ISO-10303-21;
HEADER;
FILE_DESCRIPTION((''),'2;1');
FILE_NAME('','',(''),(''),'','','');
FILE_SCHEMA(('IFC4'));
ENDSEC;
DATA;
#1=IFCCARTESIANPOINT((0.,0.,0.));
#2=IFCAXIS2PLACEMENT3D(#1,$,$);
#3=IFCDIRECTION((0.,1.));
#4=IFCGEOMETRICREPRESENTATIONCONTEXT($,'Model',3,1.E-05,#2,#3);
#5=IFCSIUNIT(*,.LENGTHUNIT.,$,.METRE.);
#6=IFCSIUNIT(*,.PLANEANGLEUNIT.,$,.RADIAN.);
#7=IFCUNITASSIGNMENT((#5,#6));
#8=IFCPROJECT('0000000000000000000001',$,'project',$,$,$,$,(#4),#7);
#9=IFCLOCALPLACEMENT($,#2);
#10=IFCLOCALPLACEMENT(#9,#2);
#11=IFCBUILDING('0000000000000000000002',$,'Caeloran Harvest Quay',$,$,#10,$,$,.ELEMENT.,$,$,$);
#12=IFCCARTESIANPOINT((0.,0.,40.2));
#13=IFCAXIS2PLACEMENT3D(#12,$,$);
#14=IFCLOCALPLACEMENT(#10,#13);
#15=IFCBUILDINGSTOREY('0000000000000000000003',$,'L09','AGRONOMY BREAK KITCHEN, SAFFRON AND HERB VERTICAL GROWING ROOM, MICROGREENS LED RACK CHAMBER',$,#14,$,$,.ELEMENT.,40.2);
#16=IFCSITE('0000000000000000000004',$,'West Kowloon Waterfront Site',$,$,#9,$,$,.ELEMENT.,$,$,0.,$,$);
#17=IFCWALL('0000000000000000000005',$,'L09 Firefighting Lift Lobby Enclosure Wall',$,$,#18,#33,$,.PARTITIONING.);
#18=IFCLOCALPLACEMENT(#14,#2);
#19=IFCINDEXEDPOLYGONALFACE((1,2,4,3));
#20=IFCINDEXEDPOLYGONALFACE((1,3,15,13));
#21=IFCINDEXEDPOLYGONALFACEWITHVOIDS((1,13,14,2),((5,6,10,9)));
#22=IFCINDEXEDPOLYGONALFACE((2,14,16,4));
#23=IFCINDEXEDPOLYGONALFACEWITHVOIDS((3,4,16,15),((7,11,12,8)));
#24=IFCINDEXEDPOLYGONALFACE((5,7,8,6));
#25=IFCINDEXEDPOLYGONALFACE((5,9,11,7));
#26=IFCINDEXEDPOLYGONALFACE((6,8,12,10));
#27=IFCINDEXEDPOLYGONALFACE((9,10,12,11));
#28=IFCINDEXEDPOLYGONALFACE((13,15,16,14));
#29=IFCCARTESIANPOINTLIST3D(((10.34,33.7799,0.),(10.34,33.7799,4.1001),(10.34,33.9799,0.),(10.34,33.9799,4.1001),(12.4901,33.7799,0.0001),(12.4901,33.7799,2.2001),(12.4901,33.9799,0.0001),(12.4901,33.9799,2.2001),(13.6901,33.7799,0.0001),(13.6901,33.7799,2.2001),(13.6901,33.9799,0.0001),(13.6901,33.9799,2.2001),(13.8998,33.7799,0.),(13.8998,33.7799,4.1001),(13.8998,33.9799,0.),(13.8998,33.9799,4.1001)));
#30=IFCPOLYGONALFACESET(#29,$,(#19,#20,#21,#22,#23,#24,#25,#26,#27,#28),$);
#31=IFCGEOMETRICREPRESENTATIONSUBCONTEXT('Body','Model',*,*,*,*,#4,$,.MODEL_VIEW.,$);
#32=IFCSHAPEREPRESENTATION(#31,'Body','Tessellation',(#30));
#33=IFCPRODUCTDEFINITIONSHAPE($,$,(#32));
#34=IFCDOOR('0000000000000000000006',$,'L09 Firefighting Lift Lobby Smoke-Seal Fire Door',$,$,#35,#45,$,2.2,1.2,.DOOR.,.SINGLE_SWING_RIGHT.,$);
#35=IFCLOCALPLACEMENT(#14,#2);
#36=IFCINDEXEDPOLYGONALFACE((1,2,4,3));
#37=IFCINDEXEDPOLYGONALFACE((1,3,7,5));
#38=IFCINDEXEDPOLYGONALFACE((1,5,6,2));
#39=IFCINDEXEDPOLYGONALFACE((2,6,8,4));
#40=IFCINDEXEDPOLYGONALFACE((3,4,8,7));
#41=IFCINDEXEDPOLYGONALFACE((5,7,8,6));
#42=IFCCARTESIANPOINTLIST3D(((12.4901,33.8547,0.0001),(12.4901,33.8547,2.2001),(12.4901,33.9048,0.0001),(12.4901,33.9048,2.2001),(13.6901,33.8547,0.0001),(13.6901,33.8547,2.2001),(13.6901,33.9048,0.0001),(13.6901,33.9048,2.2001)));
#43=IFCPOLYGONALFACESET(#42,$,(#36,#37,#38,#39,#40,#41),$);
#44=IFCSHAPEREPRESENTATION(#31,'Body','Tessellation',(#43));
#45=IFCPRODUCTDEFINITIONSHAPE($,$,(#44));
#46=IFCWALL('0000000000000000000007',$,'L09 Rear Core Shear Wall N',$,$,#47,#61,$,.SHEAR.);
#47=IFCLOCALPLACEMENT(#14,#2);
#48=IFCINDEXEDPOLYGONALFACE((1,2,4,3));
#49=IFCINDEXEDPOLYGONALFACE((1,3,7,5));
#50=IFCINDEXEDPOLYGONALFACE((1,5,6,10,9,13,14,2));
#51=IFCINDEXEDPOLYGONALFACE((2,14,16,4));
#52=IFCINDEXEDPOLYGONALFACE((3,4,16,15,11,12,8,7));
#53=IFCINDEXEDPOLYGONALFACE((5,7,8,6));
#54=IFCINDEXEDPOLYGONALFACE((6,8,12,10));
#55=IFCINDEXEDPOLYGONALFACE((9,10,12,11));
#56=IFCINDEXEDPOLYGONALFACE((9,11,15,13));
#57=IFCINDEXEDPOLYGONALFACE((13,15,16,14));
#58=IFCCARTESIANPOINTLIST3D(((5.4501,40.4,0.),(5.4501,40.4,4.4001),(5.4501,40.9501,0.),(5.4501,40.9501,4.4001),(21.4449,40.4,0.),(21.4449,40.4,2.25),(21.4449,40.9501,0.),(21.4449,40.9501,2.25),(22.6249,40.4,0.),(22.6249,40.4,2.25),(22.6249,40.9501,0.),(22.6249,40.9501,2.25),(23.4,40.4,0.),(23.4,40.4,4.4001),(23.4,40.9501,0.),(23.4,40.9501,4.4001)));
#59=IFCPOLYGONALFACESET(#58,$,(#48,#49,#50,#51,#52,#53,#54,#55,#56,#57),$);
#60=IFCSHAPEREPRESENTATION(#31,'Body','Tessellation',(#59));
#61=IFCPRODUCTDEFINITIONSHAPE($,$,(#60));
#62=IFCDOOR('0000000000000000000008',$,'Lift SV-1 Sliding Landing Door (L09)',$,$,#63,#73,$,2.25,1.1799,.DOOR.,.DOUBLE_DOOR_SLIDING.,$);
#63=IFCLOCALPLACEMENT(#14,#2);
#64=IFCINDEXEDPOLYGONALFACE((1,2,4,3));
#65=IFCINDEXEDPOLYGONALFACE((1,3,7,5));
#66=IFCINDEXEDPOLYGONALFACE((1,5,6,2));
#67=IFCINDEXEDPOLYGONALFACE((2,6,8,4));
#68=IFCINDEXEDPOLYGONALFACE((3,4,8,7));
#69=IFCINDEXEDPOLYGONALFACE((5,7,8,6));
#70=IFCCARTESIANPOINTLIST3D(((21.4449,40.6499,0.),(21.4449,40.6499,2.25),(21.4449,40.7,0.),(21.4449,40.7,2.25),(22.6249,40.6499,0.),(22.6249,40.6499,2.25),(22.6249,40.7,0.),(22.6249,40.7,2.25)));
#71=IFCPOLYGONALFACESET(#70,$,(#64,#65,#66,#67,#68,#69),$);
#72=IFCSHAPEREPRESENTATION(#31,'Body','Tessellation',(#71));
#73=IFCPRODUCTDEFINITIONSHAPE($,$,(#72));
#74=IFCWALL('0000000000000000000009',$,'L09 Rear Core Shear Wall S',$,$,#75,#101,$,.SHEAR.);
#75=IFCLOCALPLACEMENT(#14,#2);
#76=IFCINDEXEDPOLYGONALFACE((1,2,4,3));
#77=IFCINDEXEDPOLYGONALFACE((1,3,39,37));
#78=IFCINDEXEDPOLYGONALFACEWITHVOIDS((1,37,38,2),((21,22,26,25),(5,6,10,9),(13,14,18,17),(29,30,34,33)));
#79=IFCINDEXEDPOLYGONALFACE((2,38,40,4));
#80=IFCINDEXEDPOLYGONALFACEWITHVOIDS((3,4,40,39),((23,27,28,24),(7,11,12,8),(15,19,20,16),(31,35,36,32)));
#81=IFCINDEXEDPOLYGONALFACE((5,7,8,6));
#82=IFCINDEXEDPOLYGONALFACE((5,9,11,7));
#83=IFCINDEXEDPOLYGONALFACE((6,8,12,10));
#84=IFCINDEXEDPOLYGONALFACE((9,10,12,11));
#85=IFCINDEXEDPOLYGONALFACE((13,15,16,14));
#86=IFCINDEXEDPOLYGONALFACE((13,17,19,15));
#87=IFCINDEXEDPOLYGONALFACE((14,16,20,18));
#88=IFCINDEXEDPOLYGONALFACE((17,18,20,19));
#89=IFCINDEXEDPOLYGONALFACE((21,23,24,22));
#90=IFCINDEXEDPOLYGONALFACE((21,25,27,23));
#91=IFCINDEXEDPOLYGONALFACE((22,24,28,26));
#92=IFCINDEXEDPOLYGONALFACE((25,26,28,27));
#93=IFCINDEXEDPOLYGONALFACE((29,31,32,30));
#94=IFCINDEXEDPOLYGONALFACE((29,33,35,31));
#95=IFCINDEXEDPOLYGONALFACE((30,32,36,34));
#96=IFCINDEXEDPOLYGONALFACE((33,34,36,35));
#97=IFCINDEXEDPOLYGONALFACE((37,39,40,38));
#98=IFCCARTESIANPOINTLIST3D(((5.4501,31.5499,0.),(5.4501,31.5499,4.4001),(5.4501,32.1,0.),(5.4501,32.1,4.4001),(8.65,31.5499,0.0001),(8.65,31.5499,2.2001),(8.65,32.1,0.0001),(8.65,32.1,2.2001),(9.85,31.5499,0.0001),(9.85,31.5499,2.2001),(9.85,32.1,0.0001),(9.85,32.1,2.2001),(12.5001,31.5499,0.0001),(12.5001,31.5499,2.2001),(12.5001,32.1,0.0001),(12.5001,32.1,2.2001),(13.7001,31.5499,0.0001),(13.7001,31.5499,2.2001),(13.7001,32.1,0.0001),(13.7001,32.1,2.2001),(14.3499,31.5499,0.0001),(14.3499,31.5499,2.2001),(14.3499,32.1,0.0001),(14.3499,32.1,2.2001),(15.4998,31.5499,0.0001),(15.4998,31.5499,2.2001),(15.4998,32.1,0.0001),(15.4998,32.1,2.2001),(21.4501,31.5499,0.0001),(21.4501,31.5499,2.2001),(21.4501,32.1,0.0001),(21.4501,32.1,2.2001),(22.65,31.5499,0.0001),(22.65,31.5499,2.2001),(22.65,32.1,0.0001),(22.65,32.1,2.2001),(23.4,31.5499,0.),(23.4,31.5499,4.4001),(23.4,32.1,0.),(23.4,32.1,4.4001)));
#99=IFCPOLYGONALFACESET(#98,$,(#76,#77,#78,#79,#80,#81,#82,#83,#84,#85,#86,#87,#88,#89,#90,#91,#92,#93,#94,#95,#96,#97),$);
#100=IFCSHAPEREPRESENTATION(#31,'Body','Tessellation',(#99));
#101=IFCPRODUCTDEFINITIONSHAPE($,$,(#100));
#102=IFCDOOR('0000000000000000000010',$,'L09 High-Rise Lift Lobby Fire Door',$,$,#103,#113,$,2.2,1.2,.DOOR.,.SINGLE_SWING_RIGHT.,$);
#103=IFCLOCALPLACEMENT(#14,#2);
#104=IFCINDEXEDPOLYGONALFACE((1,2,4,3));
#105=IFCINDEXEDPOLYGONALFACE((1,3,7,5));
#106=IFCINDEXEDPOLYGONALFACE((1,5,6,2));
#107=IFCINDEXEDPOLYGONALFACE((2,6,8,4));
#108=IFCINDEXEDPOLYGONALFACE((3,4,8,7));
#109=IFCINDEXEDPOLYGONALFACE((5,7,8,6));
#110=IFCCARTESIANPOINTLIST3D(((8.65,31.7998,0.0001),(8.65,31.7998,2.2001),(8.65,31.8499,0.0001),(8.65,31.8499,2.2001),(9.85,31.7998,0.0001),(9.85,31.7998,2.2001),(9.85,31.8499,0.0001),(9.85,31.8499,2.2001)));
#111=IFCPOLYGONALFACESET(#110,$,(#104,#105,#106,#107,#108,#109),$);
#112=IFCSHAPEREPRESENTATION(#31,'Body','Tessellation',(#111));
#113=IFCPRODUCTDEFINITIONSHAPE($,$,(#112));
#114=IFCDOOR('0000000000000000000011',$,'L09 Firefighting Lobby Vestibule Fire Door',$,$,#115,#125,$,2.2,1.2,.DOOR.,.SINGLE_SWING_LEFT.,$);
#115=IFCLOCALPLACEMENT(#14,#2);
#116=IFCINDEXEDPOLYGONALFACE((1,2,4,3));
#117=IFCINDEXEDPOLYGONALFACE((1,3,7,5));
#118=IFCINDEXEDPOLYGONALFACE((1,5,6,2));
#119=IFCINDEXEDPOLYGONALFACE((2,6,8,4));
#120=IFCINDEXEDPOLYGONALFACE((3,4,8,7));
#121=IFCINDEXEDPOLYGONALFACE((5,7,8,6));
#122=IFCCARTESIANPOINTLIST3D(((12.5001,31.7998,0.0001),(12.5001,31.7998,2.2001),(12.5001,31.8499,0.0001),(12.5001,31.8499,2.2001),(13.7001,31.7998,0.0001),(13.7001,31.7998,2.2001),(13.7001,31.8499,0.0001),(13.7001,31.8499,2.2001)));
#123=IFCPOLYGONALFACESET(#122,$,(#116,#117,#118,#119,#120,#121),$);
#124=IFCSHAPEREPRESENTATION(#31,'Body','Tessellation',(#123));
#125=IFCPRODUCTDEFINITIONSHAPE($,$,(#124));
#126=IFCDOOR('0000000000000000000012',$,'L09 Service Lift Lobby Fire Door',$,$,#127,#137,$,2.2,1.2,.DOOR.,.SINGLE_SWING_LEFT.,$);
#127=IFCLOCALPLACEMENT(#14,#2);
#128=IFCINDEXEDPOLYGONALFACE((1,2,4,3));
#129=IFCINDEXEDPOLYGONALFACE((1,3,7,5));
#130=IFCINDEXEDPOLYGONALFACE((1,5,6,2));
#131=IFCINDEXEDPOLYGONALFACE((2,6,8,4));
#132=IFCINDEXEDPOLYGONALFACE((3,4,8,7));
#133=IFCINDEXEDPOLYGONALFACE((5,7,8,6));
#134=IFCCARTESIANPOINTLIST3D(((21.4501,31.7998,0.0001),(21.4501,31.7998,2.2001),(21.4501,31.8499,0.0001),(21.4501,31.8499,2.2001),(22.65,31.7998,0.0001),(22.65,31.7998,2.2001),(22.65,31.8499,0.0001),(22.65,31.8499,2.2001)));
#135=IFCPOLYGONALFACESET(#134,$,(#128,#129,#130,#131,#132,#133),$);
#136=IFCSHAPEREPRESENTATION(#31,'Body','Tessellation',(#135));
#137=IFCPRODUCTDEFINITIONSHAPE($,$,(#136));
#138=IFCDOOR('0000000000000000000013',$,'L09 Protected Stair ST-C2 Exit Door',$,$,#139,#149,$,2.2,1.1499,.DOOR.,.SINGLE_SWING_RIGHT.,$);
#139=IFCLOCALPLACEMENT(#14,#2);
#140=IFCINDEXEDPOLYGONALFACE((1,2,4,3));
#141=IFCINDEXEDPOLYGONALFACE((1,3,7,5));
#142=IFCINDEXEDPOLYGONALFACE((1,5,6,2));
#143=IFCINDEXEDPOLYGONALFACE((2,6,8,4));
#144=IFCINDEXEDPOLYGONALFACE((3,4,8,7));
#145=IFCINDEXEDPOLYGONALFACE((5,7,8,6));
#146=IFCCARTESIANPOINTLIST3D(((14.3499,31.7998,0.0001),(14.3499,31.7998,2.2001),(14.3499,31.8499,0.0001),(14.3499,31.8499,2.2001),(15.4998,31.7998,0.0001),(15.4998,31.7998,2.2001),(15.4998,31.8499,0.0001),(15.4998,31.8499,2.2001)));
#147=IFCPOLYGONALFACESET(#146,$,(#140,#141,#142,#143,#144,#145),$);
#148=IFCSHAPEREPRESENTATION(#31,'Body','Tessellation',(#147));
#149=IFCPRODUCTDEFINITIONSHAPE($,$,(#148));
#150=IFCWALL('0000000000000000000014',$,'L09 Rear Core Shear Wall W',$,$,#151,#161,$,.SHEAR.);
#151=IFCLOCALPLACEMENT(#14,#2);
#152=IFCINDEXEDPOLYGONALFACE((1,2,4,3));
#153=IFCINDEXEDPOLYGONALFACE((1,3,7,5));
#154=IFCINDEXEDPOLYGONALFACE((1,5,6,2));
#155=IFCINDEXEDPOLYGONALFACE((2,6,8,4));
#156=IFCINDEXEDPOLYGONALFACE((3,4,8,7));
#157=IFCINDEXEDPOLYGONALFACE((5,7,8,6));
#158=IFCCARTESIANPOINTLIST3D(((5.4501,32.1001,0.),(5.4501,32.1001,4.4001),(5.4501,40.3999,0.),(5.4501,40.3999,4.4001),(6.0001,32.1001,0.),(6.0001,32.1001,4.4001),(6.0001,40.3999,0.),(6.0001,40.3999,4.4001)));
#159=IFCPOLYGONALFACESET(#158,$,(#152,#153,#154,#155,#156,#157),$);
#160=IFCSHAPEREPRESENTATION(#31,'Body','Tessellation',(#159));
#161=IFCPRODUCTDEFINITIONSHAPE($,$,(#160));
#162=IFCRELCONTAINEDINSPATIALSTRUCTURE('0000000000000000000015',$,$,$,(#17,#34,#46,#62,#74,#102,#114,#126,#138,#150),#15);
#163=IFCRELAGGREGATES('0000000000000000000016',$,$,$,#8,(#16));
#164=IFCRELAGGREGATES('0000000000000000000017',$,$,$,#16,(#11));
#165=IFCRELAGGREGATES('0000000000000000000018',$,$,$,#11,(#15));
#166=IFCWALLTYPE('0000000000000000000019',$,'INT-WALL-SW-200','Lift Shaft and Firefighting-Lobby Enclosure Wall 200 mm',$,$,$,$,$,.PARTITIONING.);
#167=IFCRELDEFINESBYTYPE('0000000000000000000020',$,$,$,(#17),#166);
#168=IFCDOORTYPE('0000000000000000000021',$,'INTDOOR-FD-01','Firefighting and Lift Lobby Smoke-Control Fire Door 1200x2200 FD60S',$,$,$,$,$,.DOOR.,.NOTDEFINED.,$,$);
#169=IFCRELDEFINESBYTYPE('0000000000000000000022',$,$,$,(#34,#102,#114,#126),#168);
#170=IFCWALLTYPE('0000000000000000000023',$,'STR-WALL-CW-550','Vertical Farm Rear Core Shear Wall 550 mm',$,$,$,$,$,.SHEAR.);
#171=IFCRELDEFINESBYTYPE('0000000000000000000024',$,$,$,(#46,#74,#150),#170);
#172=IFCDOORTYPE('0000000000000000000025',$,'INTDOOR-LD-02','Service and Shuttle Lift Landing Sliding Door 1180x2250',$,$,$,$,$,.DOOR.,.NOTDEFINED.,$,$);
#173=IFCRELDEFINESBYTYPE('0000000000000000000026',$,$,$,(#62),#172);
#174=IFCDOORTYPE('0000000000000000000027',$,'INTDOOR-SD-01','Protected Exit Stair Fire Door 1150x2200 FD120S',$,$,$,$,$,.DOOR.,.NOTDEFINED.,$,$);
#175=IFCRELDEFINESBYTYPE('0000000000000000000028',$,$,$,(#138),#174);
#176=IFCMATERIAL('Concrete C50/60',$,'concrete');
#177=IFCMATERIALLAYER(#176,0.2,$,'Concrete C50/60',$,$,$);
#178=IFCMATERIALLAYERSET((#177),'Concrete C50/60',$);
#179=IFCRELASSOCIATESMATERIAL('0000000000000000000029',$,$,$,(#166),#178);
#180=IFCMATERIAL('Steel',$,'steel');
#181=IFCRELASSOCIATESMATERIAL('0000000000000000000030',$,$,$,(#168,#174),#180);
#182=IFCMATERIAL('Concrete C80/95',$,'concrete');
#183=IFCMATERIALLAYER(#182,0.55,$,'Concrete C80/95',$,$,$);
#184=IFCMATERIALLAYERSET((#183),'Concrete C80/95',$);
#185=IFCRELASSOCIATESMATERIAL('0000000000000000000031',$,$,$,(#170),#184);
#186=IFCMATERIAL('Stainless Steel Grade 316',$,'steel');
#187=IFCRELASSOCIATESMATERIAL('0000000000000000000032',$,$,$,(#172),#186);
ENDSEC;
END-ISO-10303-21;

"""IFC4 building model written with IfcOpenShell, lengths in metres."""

from ifc_helpers import new_model, si_unit, direction, frame, frame_2d, origin, place, context, subcontext, project, spatial, rectangle, extrude, material, layer, layer_set, type_object, element, fill, save


model = new_model("IFC4")

# Units and contexts
model_context = context("Model", 3, precision=1e-05, world=origin(), true_north=direction((0.0, 1.0)))
body_context = subcontext(model_context, "Body", "Model", "MODEL_VIEW")
ifc_project = project(units=[si_unit("LENGTHUNIT", "METRE"), si_unit("PLANEANGLEUNIT", "RADIAN")], contexts=[model_context])

# Site, building, storey
site_placement = place(None, origin())
site = spatial("IfcSite", under=ifc_project, at=site_placement, Name="West Kowloon Waterfront Site", CompositionType="ELEMENT", RefElevation=0.0)
building_placement = place(site_placement, origin())
building = spatial("IfcBuilding", under=site, at=building_placement, Name="Caeloran Harvest Quay", CompositionType="ELEMENT")
storey_placement = place(building_placement, frame((0.0, 0.0, 40.2)))
storey = spatial("IfcBuildingStorey", under=building, at=storey_placement, Name="L09", Description="AGRONOMY BREAK KITCHEN, SAFFRON AND HERB VERTICAL GROWING ROOM, MICROGREENS LED RACK CHAMBER", CompositionType="ELEMENT", Elevation=40.2)

# Shared definitions
ifc_material_1 = material(Name="Concrete C80/95", Category="concrete")

# Shared definitions
ifc_material_2 = material(Name="Concrete C50/60", Category="concrete")
ifc_layer_1 = layer(ifc_material_2, 0.2, Name="Concrete C50/60")
ifc_layer_set_1 = layer_set([ifc_layer_1], Name="Concrete C50/60")
wall_type_1 = type_object("IfcWallType", Name="INT-WALL-SW-200", Description="Lift Shaft and Firefighting-Lobby Enclosure Wall 200 mm", PredefinedType="PARTITIONING", material=ifc_layer_set_1)

# Shared definitions
ifc_material_3 = material(Name="Stainless Steel Grade 316", Category="steel")

# Walls, openings, doors
wall_1_placement = place(storey_placement, frame((10.3401, 33.8799, 0.0), z_axis=(0.0, 0.0, 1.0), x_axis=(1.0, 0.0, 0.0)))
wall_1 = element("IfcWall", 1, at=wall_1_placement, inside=storey, type_object=wall_type_1, Name="L09 Firefighting Lift Lobby Enclosure Wall", PredefinedType="PARTITIONING", context=body_context, shape_type="SweptSolid", body=[
    extrude(rectangle(XDim=3.5598, YDim=0.2, at=frame_2d((1.7798, 0.0))), origin(), (0.0, 0.0, 1.0), 4.1001),
])
opening_1_placement = place(wall_1_placement, frame((2.1499, 0.0, 0.0)))
opening_1 = element("IfcOpeningElement", 2, at=opening_1_placement, cuts=wall_1, PredefinedType="OPENING", context=body_context, shape_type="SweptSolid", body=[
    extrude(rectangle(XDim=1.2, YDim=2.2, at=frame_2d((0.6001, 1.1001))), frame((0.0, 0.1099, 0.0), z_axis=(0.0, -1.0, 0.0), x_axis=(1.0, 0.0, 0.0)), (0.0, 0.0, 1.0), 0.22),
])
ifc_material_4 = material(Name="Steel", Category="steel")
door_type_1 = type_object("IfcDoorType", Name="INTDOOR-FD-01", Description="Firefighting and Lift Lobby Smoke-Control Fire Door 1200x2200 FD60S", OperationType="NOTDEFINED", PredefinedType="DOOR", material=ifc_material_4)
door_1_placement = place(opening_1_placement, origin())
door_1 = element("IfcDoor", 3, at=door_1_placement, inside=storey, type_object=door_type_1, Name="L09 Firefighting Lift Lobby Smoke-Seal Fire Door", OperationType="SINGLE_SWING_RIGHT", OverallHeight=2.2, OverallWidth=1.2, PredefinedType="DOOR", context=body_context, shape_type="SweptSolid", body=[
    extrude(rectangle(XDim=1.2, YDim=2.2, at=frame_2d((0.6001, 1.1001))), frame((0.0, 0.0249, 0.0), z_axis=(0.0, -1.0, 0.0), x_axis=(1.0, 0.0, 0.0)), (0.0, 0.0, 1.0), 0.05),
])
fill(opening_1, door_1)
ifc_layer_2 = layer(ifc_material_1, 0.55, Name="Concrete C80/95")
ifc_layer_set_2 = layer_set([ifc_layer_2], Name="Concrete C80/95")
wall_type_2 = type_object("IfcWallType", Name="STR-WALL-CW-550", Description="Vertical Farm Rear Core Shear Wall 550 mm", PredefinedType="SHEAR", material=ifc_layer_set_2)
wall_2_placement = place(storey_placement, frame((5.45, 40.675, 0.0), z_axis=(0.0, 0.0, 1.0), x_axis=(1.0, 0.0, 0.0)))
wall_2 = element("IfcWall", 4, at=wall_2_placement, inside=storey, type_object=wall_type_2, Name="L09 Rear Core Shear Wall N", PredefinedType="SHEAR", context=body_context, shape_type="SweptSolid", body=[
    extrude(rectangle(XDim=17.95, YDim=0.55, at=frame_2d((8.9751, 0.0))), origin(), (0.0, 0.0, 1.0), 4.4001),
])
opening_2_placement = place(wall_2_placement, frame((15.9951, 0.0, 0.0)))
opening_2 = element("IfcOpeningElement", 5, at=opening_2_placement, cuts=wall_2, PredefinedType="OPENING", context=body_context, shape_type="SweptSolid", body=[
    extrude(rectangle(XDim=1.1799, YDim=2.25, at=frame_2d((0.5898, 1.125))), frame((0.0, 0.2852, 0.0), z_axis=(0.0, -1.0, 0.0), x_axis=(1.0, 0.0, 0.0)), (0.0, 0.0, 1.0), 0.5701),
])
door_type_2 = type_object("IfcDoorType", Name="INTDOOR-LD-02", Description="Service and Shuttle Lift Landing Sliding Door 1180x2250", OperationType="NOTDEFINED", PredefinedType="DOOR", material=ifc_material_3)
door_2_placement = place(opening_2_placement, origin())
door_2 = element("IfcDoor", 6, at=door_2_placement, inside=storey, type_object=door_type_2, Name="Lift SV-1 Sliding Landing Door (L09)", OperationType="DOUBLE_DOOR_SLIDING", OverallHeight=2.25, OverallWidth=1.1799, PredefinedType="DOOR", context=body_context, shape_type="SweptSolid", body=[
    extrude(rectangle(XDim=1.1799, YDim=2.25, at=frame_2d((0.5898, 1.125))), frame((0.0, 0.0249, 0.0), z_axis=(0.0, -1.0, 0.0), x_axis=(1.0, 0.0, 0.0)), (0.0, 0.0, 1.0), 0.05),
])
fill(opening_2, door_2)

# Wall, openings, doors
wall_3_placement = place(storey_placement, frame((5.45, 31.825, 0.0), z_axis=(0.0, 0.0, 1.0), x_axis=(1.0, 0.0, 0.0)))
wall_3 = element("IfcWall", 7, at=wall_3_placement, inside=storey, type_object=wall_type_2, Name="L09 Rear Core Shear Wall S", PredefinedType="SHEAR", context=body_context, shape_type="SweptSolid", body=[
    extrude(rectangle(XDim=17.95, YDim=0.55, at=frame_2d((8.9751, 0.0))), origin(), (0.0, 0.0, 1.0), 4.4001),
])
opening_3_placement = place(wall_3_placement, frame((3.2, 0.0, 0.0)))
opening_3 = element("IfcOpeningElement", 8, at=opening_3_placement, cuts=wall_3, PredefinedType="OPENING", context=body_context, shape_type="SweptSolid", body=[
    extrude(rectangle(XDim=1.2, YDim=2.2, at=frame_2d((0.6001, 1.1001))), frame((0.0, 0.2852, 0.0), z_axis=(0.0, -1.0, 0.0), x_axis=(1.0, 0.0, 0.0)), (0.0, 0.0, 1.0), 0.5701),
])
opening_4_placement = place(wall_3_placement, frame((7.05, 0.0, 0.0)))
opening_4 = element("IfcOpeningElement", 9, at=opening_4_placement, cuts=wall_3, PredefinedType="OPENING", context=body_context, shape_type="SweptSolid", body=[
    extrude(rectangle(XDim=1.2, YDim=2.2, at=frame_2d((0.6001, 1.1001))), frame((0.0, 0.2852, 0.0), z_axis=(0.0, -1.0, 0.0), x_axis=(1.0, 0.0, 0.0)), (0.0, 0.0, 1.0), 0.5701),
])
opening_5_placement = place(wall_3_placement, frame((8.8999, 0.0, 0.0)))
opening_5 = element("IfcOpeningElement", 10, at=opening_5_placement, cuts=wall_3, PredefinedType="OPENING", context=body_context, shape_type="SweptSolid", body=[
    extrude(rectangle(XDim=1.1499, YDim=2.2, at=frame_2d((0.575, 1.1001))), frame((0.0, 0.2852, 0.0), z_axis=(0.0, -1.0, 0.0), x_axis=(1.0, 0.0, 0.0)), (0.0, 0.0, 1.0), 0.5701),
])
opening_6_placement = place(wall_3_placement, frame((16.0, 0.0, 0.0)))
opening_6 = element("IfcOpeningElement", 11, at=opening_6_placement, cuts=wall_3, PredefinedType="OPENING", context=body_context, shape_type="SweptSolid", body=[
    extrude(rectangle(XDim=1.2, YDim=2.2, at=frame_2d((0.6001, 1.1001))), frame((0.0, 0.2852, 0.0), z_axis=(0.0, -1.0, 0.0), x_axis=(1.0, 0.0, 0.0)), (0.0, 0.0, 1.0), 0.5701),
])
door_3_placement = place(opening_3_placement, origin())
door_3 = element("IfcDoor", 12, at=door_3_placement, inside=storey, type_object=door_type_1, Name="L09 High-Rise Lift Lobby Fire Door", OperationType="SINGLE_SWING_RIGHT", OverallHeight=2.2, OverallWidth=1.2, PredefinedType="DOOR", context=body_context, shape_type="SweptSolid", body=[
    extrude(rectangle(XDim=1.2, YDim=2.2, at=frame_2d((0.6001, 1.1001))), frame((0.0, 0.0249, 0.0), z_axis=(0.0, -1.0, 0.0), x_axis=(1.0, 0.0, 0.0)), (0.0, 0.0, 1.0), 0.05),
])
fill(opening_3, door_3)
door_4_placement = place(opening_4_placement, origin())
door_4 = element("IfcDoor", 13, at=door_4_placement, inside=storey, type_object=door_type_1, Name="L09 Firefighting Lobby Vestibule Fire Door", OperationType="SINGLE_SWING_LEFT", OverallHeight=2.2, OverallWidth=1.2, PredefinedType="DOOR", context=body_context, shape_type="SweptSolid", body=[
    extrude(rectangle(XDim=1.2, YDim=2.2, at=frame_2d((0.6001, 1.1001))), frame((0.0, 0.0249, 0.0), z_axis=(0.0, -1.0, 0.0), x_axis=(1.0, 0.0, 0.0)), (0.0, 0.0, 1.0), 0.05),
])
fill(opening_4, door_4)
door_5_placement = place(opening_6_placement, origin())
door_5 = element("IfcDoor", 14, at=door_5_placement, inside=storey, type_object=door_type_1, Name="L09 Service Lift Lobby Fire Door", OperationType="SINGLE_SWING_LEFT", OverallHeight=2.2, OverallWidth=1.2, PredefinedType="DOOR", context=body_context, shape_type="SweptSolid", body=[
    extrude(rectangle(XDim=1.2, YDim=2.2, at=frame_2d((0.6001, 1.1001))), frame((0.0, 0.0249, 0.0), z_axis=(0.0, -1.0, 0.0), x_axis=(1.0, 0.0, 0.0)), (0.0, 0.0, 1.0), 0.05),
])
fill(opening_6, door_5)
door_type_3 = type_object("IfcDoorType", Name="INTDOOR-SD-01", Description="Protected Exit Stair Fire Door 1150x2200 FD120S", OperationType="NOTDEFINED", PredefinedType="DOOR", material=ifc_material_4)
door_6_placement = place(opening_5_placement, origin())
door_6 = element("IfcDoor", 15, at=door_6_placement, inside=storey, type_object=door_type_3, Name="L09 Protected Stair ST-C2 Exit Door", OperationType="SINGLE_SWING_RIGHT", OverallHeight=2.2, OverallWidth=1.1499, PredefinedType="DOOR", context=body_context, shape_type="SweptSolid", body=[
    extrude(rectangle(XDim=1.1499, YDim=2.2, at=frame_2d((0.575, 1.1001))), frame((0.0, 0.0249, 0.0), z_axis=(0.0, -1.0, 0.0), x_axis=(1.0, 0.0, 0.0)), (0.0, 0.0, 1.0), 0.05),
])
fill(opening_5, door_6)

# Wall
wall_4_placement = place(storey_placement, frame((5.7251, 32.1001, 0.0), z_axis=(0.0, 0.0, 1.0), x_axis=(0.0, 1.0, 0.0)))
element("IfcWall", 16, at=wall_4_placement, inside=storey, type_object=wall_type_2, Name="L09 Rear Core Shear Wall W", PredefinedType="SHEAR", context=body_context, shape_type="SweptSolid", body=[
    extrude(rectangle(XDim=8.2998, YDim=0.55, at=frame_2d((4.1499, 0.0))), origin(), (0.0, 0.0, 1.0), 4.4001),
])

save(model, "model.ifc")
